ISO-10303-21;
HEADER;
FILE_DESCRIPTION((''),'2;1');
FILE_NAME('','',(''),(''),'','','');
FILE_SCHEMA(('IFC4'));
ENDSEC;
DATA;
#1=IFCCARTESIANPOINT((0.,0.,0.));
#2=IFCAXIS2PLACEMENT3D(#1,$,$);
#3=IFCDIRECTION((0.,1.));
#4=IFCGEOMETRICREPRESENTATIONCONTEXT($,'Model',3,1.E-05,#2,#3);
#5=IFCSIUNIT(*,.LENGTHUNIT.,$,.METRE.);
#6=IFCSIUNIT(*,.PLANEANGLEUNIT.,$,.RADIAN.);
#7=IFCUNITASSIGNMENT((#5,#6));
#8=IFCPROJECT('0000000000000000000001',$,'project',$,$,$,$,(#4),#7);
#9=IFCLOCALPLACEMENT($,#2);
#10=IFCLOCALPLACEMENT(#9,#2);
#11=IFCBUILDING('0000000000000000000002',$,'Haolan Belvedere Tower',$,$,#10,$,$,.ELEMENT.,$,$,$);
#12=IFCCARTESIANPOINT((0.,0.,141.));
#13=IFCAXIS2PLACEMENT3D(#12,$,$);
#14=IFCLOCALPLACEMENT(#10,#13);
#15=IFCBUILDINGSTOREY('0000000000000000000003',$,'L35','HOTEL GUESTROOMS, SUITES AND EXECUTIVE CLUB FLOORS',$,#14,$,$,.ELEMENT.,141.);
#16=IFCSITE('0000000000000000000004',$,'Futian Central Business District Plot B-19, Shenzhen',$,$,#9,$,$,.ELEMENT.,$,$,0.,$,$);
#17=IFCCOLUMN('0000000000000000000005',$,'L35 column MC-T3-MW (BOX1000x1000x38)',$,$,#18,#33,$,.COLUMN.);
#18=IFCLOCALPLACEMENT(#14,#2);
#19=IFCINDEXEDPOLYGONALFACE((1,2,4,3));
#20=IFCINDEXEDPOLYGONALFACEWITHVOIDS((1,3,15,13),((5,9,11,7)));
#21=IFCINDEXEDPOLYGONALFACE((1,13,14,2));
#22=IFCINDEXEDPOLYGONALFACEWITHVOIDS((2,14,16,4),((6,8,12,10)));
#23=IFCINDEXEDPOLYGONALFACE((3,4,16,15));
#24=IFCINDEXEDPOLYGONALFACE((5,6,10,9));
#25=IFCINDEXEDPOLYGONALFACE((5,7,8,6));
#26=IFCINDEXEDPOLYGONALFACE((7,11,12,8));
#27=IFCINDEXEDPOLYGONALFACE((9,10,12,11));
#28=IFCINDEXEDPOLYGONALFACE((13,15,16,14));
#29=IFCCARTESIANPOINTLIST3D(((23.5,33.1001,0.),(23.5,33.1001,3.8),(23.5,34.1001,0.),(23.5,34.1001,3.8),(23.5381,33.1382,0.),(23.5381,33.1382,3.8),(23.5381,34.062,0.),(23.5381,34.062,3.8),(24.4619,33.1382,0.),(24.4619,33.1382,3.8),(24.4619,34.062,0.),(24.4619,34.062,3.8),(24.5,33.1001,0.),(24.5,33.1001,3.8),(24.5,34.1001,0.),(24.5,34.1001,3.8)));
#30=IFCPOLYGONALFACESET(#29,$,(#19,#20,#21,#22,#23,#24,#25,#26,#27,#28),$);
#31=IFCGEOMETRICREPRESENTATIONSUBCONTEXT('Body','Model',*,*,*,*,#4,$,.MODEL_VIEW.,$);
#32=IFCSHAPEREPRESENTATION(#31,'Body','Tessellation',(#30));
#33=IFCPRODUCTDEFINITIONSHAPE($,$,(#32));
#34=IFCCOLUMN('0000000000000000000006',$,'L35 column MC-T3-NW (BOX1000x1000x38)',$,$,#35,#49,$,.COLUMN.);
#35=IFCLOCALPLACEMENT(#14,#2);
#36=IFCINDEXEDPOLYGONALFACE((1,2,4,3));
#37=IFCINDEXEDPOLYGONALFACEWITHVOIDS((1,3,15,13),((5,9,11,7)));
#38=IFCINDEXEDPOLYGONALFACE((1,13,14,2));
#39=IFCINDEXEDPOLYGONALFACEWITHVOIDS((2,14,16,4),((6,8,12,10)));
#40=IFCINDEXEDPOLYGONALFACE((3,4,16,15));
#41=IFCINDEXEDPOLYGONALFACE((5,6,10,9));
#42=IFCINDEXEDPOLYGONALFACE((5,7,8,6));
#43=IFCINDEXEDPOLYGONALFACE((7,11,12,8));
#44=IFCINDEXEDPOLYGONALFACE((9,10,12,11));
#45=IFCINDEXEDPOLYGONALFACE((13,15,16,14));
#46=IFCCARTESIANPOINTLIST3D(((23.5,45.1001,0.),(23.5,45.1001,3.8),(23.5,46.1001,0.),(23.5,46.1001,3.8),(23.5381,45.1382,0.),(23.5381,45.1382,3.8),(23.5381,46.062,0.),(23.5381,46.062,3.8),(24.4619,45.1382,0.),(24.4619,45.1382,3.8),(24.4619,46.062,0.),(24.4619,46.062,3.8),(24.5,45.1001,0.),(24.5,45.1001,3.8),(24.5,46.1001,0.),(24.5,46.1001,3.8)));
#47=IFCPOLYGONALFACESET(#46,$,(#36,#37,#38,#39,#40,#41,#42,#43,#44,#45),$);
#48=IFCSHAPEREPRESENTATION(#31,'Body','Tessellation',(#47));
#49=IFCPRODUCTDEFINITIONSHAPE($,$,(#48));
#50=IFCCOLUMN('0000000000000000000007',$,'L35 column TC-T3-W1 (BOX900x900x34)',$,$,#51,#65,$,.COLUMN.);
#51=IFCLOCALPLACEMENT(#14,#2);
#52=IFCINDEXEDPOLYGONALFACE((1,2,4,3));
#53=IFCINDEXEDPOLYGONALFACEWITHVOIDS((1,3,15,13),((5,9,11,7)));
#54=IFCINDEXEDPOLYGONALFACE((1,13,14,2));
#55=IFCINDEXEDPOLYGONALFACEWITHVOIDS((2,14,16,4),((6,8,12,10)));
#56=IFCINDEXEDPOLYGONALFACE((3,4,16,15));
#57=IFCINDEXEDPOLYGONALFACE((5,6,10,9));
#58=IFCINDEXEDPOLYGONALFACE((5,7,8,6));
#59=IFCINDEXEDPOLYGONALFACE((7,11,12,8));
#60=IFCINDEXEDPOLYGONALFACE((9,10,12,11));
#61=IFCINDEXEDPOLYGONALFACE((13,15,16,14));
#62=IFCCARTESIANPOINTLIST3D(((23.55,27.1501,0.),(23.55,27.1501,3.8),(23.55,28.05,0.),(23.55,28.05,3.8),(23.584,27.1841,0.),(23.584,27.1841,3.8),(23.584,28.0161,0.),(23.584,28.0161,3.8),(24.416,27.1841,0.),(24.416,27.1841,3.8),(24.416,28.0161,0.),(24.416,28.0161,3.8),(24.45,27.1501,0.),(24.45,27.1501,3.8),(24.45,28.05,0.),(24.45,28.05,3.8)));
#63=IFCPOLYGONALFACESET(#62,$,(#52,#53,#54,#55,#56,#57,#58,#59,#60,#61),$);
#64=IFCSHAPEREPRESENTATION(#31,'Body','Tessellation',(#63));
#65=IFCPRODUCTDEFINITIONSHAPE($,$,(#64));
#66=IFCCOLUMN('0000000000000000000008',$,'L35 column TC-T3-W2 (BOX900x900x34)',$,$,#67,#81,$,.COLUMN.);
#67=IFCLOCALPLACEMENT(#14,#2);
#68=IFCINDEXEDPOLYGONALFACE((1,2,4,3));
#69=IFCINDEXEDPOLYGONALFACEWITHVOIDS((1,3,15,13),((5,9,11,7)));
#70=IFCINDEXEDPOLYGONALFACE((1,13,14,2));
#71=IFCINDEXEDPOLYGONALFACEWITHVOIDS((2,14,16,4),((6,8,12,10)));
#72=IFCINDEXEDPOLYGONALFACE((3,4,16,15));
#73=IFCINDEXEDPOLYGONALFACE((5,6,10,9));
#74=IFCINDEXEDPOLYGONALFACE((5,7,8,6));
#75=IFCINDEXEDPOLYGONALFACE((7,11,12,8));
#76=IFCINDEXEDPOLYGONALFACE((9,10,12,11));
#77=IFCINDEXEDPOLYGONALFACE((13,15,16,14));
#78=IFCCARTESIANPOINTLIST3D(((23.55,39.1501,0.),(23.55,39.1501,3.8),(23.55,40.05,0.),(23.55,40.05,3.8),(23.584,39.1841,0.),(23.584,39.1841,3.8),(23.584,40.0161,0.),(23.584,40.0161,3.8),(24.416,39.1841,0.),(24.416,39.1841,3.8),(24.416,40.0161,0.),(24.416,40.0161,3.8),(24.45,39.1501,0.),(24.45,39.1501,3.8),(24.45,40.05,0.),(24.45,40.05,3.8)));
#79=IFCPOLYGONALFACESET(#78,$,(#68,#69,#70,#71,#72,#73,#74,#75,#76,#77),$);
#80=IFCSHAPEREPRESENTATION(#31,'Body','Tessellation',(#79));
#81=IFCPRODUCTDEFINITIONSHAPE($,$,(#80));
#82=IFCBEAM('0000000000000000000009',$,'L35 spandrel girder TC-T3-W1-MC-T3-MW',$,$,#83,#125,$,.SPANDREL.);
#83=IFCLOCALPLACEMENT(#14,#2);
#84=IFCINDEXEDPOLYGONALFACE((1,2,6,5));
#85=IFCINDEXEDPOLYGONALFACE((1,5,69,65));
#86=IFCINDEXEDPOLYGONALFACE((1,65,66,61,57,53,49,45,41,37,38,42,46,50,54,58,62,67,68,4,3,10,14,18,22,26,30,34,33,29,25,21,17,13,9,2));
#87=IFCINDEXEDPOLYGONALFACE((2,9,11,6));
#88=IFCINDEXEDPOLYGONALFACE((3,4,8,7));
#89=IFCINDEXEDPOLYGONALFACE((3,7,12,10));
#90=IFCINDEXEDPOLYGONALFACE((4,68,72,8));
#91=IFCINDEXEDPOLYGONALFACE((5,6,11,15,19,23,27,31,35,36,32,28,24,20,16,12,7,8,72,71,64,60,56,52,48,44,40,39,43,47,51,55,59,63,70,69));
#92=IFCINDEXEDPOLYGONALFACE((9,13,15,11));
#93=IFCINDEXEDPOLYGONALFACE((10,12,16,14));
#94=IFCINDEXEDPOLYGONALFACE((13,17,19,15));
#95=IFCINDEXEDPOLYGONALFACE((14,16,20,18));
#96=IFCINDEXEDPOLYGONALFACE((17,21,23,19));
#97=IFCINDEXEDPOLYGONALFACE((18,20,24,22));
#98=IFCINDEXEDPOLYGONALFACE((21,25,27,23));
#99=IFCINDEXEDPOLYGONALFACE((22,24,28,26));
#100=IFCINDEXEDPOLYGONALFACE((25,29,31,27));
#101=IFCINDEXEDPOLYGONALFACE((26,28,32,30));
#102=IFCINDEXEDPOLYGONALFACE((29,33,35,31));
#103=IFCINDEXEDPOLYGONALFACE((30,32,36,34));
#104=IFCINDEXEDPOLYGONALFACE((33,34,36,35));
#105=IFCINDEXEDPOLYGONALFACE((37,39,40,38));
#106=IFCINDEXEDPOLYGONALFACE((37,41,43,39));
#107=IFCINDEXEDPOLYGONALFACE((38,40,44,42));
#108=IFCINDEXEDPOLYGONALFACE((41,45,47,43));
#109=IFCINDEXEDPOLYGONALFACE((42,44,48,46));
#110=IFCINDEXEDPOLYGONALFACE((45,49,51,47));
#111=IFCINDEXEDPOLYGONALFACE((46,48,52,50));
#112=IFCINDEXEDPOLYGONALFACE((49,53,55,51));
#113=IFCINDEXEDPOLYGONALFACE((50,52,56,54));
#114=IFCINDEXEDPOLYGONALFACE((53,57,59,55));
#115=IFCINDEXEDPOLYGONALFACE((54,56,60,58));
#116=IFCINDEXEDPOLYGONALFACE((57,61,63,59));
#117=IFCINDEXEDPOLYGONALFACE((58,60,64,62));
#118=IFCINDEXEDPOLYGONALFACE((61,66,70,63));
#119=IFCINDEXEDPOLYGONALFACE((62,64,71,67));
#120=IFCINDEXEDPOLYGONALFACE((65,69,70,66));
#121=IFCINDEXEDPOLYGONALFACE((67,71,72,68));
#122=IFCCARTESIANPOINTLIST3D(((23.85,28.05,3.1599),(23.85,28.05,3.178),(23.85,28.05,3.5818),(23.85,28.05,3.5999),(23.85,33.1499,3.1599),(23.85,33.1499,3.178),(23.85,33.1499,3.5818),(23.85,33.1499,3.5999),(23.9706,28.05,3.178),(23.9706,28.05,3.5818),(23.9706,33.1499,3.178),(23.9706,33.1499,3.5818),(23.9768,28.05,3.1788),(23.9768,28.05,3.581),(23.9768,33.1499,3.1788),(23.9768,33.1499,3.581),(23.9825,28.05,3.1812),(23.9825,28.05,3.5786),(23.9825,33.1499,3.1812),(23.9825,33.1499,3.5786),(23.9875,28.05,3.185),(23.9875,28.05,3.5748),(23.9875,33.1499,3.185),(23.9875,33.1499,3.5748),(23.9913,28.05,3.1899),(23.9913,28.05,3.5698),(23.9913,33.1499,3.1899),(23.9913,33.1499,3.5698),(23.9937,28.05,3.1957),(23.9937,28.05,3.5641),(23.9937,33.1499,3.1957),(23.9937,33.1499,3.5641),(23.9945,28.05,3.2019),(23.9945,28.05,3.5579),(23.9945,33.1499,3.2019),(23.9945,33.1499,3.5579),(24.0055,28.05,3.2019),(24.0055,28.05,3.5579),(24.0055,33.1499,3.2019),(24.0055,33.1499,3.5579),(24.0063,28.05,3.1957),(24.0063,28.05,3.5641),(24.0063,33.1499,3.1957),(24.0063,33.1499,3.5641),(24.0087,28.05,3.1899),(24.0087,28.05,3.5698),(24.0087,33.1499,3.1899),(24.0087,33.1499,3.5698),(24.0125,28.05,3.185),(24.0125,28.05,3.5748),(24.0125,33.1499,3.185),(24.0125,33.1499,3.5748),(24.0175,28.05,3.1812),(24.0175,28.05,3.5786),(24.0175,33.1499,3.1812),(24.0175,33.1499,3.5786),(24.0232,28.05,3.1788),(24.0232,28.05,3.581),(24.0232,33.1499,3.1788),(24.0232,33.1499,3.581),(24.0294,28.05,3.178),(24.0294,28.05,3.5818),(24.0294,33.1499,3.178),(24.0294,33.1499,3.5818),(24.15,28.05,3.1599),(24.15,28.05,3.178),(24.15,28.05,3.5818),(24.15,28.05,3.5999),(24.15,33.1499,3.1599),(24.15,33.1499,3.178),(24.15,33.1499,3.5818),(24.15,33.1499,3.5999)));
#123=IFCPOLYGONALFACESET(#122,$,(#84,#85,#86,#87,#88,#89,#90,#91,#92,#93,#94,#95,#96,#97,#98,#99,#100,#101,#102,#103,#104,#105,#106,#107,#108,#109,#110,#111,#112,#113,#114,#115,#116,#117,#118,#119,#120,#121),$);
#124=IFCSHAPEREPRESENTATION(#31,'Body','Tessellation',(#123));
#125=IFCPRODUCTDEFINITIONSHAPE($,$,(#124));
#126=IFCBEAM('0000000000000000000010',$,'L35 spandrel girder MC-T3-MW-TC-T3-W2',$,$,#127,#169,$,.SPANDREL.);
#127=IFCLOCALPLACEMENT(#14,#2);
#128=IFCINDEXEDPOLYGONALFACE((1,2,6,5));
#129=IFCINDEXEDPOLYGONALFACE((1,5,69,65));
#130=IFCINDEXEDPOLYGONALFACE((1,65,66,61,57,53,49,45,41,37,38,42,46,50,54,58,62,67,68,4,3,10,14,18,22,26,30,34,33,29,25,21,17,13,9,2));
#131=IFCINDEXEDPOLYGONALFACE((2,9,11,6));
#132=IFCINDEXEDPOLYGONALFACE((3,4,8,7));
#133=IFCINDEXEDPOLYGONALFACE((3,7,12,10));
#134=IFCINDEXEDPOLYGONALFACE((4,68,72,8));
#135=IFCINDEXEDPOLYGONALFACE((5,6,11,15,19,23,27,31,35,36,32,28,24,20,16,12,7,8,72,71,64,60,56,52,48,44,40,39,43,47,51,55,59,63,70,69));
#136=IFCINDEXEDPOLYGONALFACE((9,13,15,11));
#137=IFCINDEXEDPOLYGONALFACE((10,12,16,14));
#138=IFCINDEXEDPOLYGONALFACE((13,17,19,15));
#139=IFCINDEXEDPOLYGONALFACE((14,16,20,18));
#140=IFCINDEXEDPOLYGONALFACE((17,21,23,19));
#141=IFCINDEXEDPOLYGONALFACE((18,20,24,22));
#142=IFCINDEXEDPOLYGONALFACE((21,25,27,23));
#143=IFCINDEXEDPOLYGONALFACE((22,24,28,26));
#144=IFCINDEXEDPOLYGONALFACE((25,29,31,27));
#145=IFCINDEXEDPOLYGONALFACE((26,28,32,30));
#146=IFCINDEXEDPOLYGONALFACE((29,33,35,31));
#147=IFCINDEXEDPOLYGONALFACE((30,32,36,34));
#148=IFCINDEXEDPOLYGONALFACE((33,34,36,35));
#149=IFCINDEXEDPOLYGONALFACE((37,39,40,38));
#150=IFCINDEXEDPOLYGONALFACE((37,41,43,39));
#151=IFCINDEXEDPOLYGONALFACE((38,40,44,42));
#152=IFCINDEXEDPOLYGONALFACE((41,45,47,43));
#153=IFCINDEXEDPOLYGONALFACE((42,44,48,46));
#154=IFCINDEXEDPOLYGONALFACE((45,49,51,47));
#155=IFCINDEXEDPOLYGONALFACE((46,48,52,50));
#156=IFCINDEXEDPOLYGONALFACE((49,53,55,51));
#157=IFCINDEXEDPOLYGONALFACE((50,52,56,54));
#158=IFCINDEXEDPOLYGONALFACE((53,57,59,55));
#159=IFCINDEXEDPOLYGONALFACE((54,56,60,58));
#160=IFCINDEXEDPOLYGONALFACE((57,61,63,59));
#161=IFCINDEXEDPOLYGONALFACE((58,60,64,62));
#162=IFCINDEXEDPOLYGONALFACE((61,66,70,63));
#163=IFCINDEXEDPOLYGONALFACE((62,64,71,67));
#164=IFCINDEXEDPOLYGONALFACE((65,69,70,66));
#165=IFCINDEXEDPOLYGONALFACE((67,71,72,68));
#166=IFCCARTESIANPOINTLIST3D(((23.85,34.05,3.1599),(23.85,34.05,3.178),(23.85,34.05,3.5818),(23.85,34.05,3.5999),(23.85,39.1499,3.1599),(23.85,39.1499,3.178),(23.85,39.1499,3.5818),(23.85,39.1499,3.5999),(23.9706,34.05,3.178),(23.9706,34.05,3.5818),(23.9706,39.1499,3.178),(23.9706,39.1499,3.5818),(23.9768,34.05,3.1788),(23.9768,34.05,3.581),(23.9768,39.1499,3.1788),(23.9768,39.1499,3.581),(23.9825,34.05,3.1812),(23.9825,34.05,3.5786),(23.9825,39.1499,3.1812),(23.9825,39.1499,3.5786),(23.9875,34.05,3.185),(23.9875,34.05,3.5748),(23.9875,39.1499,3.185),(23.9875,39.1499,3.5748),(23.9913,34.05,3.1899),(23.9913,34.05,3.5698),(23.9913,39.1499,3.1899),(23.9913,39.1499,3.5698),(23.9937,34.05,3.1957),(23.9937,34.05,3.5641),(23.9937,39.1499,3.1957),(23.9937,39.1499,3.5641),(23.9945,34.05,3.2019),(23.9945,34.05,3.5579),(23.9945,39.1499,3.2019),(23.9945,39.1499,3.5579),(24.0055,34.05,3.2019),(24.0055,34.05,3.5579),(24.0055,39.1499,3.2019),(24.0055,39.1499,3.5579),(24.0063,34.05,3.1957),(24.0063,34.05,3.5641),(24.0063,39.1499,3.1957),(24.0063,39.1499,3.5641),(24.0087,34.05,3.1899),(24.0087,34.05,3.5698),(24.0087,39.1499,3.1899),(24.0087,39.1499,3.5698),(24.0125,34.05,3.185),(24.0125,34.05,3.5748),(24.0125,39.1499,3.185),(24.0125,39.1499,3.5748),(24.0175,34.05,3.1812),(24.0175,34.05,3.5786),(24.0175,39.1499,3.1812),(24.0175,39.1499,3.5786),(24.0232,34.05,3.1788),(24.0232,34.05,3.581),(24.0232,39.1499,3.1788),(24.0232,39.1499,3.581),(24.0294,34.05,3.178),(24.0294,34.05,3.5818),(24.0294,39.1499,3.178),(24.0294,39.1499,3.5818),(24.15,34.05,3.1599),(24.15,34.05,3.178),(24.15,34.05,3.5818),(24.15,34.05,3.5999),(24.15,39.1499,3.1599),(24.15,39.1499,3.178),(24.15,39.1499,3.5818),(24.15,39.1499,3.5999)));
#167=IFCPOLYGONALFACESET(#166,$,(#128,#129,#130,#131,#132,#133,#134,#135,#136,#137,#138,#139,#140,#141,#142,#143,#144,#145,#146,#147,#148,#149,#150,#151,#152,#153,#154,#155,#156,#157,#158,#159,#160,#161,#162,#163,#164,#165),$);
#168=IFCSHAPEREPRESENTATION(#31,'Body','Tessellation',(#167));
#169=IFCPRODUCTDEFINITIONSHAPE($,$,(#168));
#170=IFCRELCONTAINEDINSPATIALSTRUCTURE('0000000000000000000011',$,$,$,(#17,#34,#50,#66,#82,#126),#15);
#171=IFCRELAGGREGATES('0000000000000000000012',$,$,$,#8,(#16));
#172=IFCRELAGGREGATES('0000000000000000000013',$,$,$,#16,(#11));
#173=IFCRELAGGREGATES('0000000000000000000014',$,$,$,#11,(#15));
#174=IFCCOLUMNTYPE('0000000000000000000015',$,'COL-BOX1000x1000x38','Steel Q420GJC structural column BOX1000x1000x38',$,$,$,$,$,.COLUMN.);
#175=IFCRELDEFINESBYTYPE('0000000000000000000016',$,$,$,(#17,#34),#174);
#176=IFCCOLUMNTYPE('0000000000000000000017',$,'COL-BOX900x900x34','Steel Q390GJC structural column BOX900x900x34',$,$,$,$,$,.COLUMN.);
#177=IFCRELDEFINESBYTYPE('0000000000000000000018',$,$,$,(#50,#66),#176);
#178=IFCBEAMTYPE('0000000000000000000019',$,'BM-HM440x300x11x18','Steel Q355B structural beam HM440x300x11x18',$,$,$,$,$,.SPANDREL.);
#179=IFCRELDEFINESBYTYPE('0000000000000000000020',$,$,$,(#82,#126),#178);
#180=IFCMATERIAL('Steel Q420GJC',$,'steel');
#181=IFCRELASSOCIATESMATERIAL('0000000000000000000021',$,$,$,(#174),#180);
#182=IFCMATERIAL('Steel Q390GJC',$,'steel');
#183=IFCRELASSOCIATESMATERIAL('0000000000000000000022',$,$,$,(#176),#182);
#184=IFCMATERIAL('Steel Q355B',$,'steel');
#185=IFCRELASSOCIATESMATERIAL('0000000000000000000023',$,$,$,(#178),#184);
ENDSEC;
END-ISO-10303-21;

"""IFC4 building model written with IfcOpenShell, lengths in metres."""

from ifc_helpers import new_model, si_unit, direction, frame, origin, origin_2d, place, context, subcontext, project, spatial, hollow_rectangle, i_section, extrude, material, material_profile, profile_set, type_object, element, save


model = new_model("IFC4")

# Units and contexts
model_context = context("Model", 3, precision=1e-05, world=origin(), true_north=direction((0.0, 1.0)))
body_context = subcontext(model_context, "Body", "Model", "MODEL_VIEW")
ifc_project = project(units=[si_unit("LENGTHUNIT", "METRE"), si_unit("PLANEANGLEUNIT", "RADIAN")], contexts=[model_context])

# Site, building, storey
site_placement = place(None, origin())
site = spatial("IfcSite", under=ifc_project, at=site_placement, Name="Futian Central Business District Plot B-19, Shenzhen", CompositionType="ELEMENT", RefElevation=0.0)
building_placement = place(site_placement, origin())
building = spatial("IfcBuilding", under=site, at=building_placement, Name="Haolan Belvedere Tower", CompositionType="ELEMENT")
storey_placement = place(building_placement, frame((0.0, 0.0, 141.0)))
storey = spatial("IfcBuildingStorey", under=building, at=storey_placement, Name="L35", Description="HOTEL GUESTROOMS, SUITES AND EXECUTIVE CLUB FLOORS", CompositionType="ELEMENT", Elevation=141.0)

# Columns
ifc_material_1 = material(Name="Steel Q420GJC", Category="steel")
ifc_material_profile_1 = material_profile(ifc_material_1, hollow_rectangle(XDim=1.0, YDim=1.0, WallThickness=0.0381, at=origin_2d()), Name="Steel Q420GJC")
ifc_profile_set_1 = profile_set([ifc_material_profile_1], Name="Steel Q420GJC")
column_type_1 = type_object("IfcColumnType", Name="COL-BOX1000x1000x38", Description="Steel Q420GJC structural column BOX1000x1000x38", PredefinedType="COLUMN", material=ifc_profile_set_1)
for number, where, z_axis, x_axis, name in (
    (1, (24.0, 33.6001, 0.0), (0.0, 0.0, 1.0), (1.0, 0.0, 0.0), "L35 column MC-T3-MW (BOX1000x1000x38)"),
    (2, (24.0, 45.6001, 0.0), (0.0, 0.0, 1.0), (1.0, 0.0, 0.0), "L35 column MC-T3-NW (BOX1000x1000x38)"),
):
    element("IfcColumn", number, at=place(storey_placement, frame(where, z_axis=z_axis, x_axis=x_axis)), inside=storey, type_object=column_type_1, Name=name, PredefinedType="COLUMN", context=body_context, shape_type="SweptSolid", body=[
        extrude(hollow_rectangle(XDim=1.0, YDim=1.0, WallThickness=0.0381, at=origin_2d()), origin(), (0.0, 0.0, 1.0), 3.8),
    ])
ifc_material_2 = material(Name="Steel Q390GJC", Category="steel")
ifc_material_profile_2 = material_profile(ifc_material_2, hollow_rectangle(XDim=0.8999, YDim=0.8999, WallThickness=0.0339, at=origin_2d()), Name="Steel Q390GJC")
ifc_profile_set_2 = profile_set([ifc_material_profile_2], Name="Steel Q390GJC")
column_type_2 = type_object("IfcColumnType", Name="COL-BOX900x900x34", Description="Steel Q390GJC structural column BOX900x900x34", PredefinedType="COLUMN", material=ifc_profile_set_2)
for number, where, z_axis, x_axis, name in (
    (3, (24.0, 27.6001, 0.0), (0.0, 0.0, 1.0), (1.0, 0.0, 0.0), "L35 column TC-T3-W1 (BOX900x900x34)"),
    (4, (24.0, 39.6001, 0.0), (0.0, 0.0, 1.0), (1.0, 0.0, 0.0), "L35 column TC-T3-W2 (BOX900x900x34)"),
):
    element("IfcColumn", number, at=place(storey_placement, frame(where, z_axis=z_axis, x_axis=x_axis)), inside=storey, type_object=column_type_2, Name=name, PredefinedType="COLUMN", context=body_context, shape_type="SweptSolid", body=[
        extrude(hollow_rectangle(XDim=0.8999, YDim=0.8999, WallThickness=0.0339, at=origin_2d()), origin(), (0.0, 0.0, 1.0), 3.8),
    ])

# Beams
ifc_material_3 = material(Name="Steel Q355B", Category="steel")
ifc_material_profile_3 = material_profile(ifc_material_3, i_section(OverallWidth=0.3, OverallDepth=0.4399, WebThickness=0.011, FlangeThickness=0.0181, FilletRadius=0.0239, at=origin_2d()), Name="Steel Q355B")
ifc_profile_set_3 = profile_set([ifc_material_profile_3], Name="Steel Q355B")
beam_type = type_object("IfcBeamType", Name="BM-HM440x300x11x18", Description="Steel Q355B structural beam HM440x300x11x18", PredefinedType="SPANDREL", material=ifc_profile_set_3)
for number, where, z_axis, x_axis, name in (
    (5, (24.0, 28.05, 3.3799), (0.0, 1.0, 0.0), (-1.0, 0.0, 0.0), "L35 spandrel girder TC-T3-W1-MC-T3-MW"),
    (6, (24.0, 34.05, 3.3799), (0.0, 1.0, 0.0), (-1.0, 0.0, 0.0), "L35 spandrel girder MC-T3-MW-TC-T3-W2"),
):
    element("IfcBeam", number, at=place(storey_placement, frame(where, z_axis=z_axis, x_axis=x_axis)), inside=storey, type_object=beam_type, Name=name, PredefinedType="SPANDREL", context=body_context, shape_type="SweptSolid", body=[
        extrude(i_section(OverallWidth=0.3, OverallDepth=0.4399, WebThickness=0.011, FlangeThickness=0.0181, FilletRadius=0.0239, at=origin_2d()), origin(), (0.0, 0.0, 1.0), 5.0999),
    ])

save(model, "model.ifc")
